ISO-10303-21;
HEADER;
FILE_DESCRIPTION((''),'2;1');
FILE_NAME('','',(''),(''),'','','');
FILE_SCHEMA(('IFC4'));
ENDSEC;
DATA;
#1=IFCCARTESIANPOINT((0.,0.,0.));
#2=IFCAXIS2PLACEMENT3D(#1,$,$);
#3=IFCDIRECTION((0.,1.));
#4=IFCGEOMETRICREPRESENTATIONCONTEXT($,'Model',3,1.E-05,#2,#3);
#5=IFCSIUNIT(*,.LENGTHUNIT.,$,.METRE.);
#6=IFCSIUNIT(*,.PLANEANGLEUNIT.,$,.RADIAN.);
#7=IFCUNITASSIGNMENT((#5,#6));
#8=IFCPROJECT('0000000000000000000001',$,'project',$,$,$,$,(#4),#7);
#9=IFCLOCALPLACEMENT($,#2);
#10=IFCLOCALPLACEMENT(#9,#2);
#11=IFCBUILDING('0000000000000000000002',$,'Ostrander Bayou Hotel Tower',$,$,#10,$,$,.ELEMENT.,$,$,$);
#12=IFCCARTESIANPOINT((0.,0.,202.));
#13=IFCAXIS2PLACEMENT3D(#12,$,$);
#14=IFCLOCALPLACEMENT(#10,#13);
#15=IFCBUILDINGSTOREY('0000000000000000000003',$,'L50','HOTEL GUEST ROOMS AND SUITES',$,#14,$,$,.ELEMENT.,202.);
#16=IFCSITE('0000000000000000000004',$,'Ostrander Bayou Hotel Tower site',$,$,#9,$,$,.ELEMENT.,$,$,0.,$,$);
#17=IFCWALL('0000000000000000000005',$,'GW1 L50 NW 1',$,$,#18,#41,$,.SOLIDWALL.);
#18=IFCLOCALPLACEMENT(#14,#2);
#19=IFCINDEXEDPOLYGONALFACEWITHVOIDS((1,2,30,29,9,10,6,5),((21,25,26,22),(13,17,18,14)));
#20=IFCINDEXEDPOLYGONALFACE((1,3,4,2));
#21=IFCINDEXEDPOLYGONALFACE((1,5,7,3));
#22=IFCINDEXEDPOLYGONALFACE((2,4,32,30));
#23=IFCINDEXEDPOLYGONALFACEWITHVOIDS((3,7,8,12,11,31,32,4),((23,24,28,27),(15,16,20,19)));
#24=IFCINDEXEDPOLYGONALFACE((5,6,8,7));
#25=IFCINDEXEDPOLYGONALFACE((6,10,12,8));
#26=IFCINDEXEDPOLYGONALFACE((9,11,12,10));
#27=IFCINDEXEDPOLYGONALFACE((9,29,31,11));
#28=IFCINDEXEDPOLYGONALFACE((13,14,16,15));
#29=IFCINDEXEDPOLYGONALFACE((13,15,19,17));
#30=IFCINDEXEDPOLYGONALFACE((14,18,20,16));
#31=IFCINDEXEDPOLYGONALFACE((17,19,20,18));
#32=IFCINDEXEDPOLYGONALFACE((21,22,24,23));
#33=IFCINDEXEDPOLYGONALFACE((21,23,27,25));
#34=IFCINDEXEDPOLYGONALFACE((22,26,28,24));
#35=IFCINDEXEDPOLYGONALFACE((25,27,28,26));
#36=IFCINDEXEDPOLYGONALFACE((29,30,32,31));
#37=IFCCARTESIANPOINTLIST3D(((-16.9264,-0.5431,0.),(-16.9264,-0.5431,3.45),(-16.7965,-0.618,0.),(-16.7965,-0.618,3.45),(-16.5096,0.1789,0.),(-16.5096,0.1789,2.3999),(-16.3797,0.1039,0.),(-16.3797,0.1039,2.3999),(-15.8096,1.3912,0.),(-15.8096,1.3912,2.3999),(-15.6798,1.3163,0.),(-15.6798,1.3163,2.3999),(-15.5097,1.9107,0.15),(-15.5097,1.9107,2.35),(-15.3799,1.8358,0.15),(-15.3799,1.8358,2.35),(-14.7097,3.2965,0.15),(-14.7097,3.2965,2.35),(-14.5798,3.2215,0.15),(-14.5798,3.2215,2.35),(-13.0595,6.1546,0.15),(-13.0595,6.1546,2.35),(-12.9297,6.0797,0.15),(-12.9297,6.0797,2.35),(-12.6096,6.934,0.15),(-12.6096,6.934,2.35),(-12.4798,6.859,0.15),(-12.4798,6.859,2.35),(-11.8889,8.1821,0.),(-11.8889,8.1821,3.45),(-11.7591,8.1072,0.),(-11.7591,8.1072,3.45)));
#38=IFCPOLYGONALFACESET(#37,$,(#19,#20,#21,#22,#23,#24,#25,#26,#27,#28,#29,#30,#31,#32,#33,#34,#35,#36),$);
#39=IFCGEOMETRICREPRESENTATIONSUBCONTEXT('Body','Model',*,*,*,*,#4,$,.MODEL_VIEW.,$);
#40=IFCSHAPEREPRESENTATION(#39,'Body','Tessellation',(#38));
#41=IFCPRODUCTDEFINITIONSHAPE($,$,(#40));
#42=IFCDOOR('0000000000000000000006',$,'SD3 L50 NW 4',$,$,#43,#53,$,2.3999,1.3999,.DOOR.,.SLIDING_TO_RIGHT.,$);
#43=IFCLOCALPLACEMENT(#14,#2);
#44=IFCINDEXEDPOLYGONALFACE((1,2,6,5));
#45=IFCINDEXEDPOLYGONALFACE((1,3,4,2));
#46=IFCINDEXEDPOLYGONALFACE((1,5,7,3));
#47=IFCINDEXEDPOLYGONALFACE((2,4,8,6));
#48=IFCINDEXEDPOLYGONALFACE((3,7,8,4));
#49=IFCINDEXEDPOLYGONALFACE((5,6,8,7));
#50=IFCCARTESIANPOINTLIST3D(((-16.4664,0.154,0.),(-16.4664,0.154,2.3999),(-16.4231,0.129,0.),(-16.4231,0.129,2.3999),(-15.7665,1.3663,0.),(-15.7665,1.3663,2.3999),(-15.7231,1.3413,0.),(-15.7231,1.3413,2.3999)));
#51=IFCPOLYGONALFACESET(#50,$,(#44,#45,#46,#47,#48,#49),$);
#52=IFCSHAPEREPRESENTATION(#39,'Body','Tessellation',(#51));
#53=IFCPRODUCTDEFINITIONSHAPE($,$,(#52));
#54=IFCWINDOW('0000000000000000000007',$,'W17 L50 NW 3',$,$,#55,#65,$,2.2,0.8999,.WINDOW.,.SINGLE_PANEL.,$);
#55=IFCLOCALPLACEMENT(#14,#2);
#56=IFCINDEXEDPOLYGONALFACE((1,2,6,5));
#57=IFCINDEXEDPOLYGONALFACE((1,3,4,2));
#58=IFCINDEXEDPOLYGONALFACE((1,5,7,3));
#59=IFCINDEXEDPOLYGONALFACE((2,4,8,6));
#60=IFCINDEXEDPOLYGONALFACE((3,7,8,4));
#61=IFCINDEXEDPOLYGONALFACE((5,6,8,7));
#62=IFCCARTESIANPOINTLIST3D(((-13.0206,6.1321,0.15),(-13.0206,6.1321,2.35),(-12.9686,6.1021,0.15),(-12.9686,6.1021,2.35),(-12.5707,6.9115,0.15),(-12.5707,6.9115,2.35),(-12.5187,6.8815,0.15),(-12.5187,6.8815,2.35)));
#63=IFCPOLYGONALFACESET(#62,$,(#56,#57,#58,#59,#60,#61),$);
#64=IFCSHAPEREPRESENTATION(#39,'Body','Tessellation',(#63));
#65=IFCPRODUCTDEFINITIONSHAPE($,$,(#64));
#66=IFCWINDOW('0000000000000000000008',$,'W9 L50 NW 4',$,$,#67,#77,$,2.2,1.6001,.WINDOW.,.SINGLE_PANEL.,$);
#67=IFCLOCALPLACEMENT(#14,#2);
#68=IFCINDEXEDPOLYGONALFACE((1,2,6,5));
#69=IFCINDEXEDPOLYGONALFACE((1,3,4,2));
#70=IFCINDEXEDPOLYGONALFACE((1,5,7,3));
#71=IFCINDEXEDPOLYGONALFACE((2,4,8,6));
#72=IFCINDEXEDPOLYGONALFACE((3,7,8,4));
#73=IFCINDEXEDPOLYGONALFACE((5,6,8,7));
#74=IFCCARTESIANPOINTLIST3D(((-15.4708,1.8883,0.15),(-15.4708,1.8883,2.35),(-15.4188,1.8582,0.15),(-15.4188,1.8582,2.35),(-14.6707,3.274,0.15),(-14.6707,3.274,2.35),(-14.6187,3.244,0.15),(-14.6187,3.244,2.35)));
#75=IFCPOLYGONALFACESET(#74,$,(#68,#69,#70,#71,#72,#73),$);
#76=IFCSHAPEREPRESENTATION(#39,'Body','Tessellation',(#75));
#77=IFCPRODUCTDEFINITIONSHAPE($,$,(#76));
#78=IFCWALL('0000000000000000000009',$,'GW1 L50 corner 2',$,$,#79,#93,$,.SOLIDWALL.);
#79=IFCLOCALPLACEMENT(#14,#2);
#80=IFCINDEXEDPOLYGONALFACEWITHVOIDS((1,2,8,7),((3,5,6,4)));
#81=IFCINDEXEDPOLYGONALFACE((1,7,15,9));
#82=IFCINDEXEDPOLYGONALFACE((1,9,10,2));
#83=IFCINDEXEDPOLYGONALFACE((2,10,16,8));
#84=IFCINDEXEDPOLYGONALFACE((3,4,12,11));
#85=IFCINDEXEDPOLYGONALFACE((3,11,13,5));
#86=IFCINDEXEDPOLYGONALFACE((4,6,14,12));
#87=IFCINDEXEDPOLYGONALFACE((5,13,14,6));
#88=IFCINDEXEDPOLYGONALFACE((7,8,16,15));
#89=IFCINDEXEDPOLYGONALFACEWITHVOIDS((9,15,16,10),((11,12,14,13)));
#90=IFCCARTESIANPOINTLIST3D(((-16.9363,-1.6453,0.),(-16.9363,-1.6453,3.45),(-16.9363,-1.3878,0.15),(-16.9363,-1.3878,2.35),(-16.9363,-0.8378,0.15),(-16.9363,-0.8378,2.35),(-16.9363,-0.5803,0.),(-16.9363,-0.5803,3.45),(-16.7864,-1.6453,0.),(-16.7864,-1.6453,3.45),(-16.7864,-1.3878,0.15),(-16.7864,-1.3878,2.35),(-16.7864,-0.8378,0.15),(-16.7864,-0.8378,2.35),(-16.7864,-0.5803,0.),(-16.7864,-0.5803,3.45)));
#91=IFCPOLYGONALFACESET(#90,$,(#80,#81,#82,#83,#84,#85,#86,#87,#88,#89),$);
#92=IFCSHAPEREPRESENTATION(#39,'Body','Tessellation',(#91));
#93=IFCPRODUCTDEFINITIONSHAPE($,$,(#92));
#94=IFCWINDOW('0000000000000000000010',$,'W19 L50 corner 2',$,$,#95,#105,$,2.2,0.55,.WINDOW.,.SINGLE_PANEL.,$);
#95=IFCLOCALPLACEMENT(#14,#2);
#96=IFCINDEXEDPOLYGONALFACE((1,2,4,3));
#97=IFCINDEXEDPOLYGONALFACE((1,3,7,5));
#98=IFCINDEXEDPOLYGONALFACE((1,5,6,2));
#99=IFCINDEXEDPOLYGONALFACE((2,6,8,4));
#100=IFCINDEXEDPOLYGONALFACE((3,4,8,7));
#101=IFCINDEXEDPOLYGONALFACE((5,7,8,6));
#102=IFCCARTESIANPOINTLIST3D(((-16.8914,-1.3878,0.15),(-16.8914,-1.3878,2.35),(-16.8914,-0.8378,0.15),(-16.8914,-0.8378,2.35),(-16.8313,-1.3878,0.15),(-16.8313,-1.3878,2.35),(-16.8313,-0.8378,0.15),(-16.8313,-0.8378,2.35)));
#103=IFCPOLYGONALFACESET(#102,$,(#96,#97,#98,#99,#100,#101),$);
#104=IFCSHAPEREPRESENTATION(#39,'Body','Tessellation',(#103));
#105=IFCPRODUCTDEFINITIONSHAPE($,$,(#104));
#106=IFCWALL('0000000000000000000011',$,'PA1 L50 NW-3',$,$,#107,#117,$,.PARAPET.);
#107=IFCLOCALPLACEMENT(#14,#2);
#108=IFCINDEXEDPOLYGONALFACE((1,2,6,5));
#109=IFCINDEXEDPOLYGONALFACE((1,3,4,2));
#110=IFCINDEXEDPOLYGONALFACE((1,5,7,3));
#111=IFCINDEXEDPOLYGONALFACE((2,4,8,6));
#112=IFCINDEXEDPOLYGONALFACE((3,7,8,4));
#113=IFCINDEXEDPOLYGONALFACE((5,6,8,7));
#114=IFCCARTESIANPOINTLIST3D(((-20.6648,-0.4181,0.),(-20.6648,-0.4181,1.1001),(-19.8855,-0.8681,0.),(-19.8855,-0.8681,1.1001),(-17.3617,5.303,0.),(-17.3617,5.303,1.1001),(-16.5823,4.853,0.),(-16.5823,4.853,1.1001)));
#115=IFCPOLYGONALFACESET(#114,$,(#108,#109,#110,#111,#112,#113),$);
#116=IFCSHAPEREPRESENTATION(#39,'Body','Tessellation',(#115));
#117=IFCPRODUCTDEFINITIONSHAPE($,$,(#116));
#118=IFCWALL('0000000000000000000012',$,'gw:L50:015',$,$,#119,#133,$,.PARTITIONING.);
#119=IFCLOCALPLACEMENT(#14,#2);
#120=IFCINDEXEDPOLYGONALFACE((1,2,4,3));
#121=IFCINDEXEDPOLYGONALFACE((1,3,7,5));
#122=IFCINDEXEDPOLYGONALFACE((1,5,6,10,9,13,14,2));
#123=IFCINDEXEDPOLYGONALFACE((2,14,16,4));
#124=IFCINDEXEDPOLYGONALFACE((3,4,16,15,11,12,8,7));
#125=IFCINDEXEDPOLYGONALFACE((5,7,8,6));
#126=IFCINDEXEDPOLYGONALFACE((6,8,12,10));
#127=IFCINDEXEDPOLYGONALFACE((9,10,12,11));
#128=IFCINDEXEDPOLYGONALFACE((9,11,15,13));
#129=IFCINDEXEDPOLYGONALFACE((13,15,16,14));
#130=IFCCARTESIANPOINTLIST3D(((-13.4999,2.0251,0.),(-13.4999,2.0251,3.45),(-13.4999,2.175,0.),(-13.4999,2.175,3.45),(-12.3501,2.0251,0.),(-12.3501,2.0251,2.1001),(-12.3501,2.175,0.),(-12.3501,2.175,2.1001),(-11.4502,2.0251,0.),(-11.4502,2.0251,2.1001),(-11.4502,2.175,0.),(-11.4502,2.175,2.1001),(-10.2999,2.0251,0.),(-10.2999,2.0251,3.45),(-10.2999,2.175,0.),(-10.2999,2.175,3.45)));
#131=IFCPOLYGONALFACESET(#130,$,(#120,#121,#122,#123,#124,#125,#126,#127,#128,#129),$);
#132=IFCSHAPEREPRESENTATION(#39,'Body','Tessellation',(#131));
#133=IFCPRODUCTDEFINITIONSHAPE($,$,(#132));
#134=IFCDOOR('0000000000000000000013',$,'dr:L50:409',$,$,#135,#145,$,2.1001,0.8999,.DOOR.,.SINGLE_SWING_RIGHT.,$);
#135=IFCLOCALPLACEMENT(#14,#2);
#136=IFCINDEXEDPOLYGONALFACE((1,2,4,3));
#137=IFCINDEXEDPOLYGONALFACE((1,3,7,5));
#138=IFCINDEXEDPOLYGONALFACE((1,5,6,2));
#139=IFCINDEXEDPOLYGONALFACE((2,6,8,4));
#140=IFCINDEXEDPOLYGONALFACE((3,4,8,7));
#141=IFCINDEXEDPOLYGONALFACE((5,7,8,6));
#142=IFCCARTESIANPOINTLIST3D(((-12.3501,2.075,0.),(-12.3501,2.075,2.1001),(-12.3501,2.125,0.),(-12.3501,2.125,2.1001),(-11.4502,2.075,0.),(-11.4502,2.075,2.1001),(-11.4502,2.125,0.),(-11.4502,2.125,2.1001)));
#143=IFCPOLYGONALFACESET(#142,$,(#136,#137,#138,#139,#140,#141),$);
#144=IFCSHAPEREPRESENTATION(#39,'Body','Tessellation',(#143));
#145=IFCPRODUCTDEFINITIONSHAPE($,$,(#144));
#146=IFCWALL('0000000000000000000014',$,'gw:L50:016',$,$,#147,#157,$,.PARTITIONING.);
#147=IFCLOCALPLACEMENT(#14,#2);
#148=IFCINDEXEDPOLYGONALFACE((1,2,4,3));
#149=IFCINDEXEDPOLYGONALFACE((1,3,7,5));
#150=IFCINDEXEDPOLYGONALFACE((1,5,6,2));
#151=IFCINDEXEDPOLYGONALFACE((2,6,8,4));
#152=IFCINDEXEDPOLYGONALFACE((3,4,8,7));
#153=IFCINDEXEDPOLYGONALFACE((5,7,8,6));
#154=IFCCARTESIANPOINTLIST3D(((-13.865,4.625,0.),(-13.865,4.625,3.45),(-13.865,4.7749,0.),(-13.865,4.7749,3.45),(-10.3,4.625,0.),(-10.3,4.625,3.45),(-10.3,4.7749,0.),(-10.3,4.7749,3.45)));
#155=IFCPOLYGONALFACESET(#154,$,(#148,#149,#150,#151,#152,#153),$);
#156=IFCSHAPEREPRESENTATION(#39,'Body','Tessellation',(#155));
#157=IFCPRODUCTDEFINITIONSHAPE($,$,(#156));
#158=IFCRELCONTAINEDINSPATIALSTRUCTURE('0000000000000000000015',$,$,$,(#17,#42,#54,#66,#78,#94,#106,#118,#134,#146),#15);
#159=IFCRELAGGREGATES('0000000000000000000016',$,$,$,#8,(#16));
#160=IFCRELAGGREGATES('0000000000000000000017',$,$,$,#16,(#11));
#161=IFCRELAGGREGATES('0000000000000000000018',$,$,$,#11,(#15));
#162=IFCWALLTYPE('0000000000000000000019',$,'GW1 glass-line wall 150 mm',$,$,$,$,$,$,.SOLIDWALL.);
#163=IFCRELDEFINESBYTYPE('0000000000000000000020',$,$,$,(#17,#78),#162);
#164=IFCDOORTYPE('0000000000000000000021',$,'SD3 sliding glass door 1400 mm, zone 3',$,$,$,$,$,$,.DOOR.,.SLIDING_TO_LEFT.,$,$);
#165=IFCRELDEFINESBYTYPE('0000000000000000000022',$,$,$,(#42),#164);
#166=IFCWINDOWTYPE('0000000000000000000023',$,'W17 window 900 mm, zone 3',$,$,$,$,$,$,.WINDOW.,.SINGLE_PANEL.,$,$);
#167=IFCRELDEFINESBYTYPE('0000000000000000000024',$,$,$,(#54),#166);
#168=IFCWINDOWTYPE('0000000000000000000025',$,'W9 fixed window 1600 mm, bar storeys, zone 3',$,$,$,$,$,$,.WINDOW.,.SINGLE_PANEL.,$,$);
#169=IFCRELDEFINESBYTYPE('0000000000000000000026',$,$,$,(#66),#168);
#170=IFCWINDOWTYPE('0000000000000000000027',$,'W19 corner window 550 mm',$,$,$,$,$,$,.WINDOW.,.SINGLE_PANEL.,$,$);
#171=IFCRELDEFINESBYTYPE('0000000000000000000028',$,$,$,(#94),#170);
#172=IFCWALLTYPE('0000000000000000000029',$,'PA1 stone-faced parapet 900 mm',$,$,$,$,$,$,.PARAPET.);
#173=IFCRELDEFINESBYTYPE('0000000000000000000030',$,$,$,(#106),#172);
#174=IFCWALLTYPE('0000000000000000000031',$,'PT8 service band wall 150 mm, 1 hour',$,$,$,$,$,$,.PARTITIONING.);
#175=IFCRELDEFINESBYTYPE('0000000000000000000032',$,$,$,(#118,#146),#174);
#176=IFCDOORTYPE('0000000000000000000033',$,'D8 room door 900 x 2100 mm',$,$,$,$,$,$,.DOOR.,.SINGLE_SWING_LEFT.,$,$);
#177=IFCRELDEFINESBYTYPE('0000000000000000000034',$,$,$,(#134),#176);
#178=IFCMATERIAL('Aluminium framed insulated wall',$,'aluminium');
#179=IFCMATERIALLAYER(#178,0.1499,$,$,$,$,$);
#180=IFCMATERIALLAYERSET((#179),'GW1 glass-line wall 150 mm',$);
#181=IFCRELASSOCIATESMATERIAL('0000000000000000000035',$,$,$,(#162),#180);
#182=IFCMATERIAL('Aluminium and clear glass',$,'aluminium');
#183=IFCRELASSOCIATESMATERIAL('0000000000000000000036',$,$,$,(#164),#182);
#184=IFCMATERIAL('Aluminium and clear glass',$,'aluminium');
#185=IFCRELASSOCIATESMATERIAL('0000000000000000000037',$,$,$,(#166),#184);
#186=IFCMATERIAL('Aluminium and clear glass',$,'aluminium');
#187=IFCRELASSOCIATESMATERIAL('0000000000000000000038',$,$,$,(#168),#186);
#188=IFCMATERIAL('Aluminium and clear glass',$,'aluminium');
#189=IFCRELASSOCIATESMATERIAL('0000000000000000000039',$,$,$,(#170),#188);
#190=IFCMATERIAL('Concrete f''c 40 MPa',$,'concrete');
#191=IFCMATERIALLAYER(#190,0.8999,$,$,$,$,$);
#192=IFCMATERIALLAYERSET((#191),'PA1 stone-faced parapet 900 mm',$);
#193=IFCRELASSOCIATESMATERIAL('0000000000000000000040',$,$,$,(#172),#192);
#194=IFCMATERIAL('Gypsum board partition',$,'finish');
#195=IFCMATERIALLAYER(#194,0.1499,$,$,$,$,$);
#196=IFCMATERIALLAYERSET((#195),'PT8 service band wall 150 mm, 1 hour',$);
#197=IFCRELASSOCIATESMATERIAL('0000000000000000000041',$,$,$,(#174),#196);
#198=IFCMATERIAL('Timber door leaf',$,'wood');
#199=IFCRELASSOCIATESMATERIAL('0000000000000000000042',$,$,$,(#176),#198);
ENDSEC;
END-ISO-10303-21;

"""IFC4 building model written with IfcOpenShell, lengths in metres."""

from ifc_helpers import new_model, si_unit, direction, frame, frame_2d, origin, place, context, subcontext, project, spatial, rectangle, extrude, material, layer, layer_set, type_object, element, fill, save


model = new_model("IFC4")

# Units and contexts
model_context = context("Model", 3, precision=1e-05, world=origin(), true_north=direction((0.0, 1.0)))
body_context = subcontext(model_context, "Body", "Model", "MODEL_VIEW")
ifc_project = project(units=[si_unit("LENGTHUNIT", "METRE"), si_unit("PLANEANGLEUNIT", "RADIAN")], contexts=[model_context])

# Site, building, storey
site_placement = place(None, origin())
site = spatial("IfcSite", under=ifc_project, at=site_placement, Name="Ostrander Bayou Hotel Tower site", CompositionType="ELEMENT", RefElevation=0.0)
building_placement = place(site_placement, origin())
building = spatial("IfcBuilding", under=site, at=building_placement, Name="Ostrander Bayou Hotel Tower", CompositionType="ELEMENT")
storey_placement = place(building_placement, frame((0.0, 0.0, 202.0)))
storey = spatial("IfcBuildingStorey", under=building, at=storey_placement, Name="L50", Description="HOTEL GUEST ROOMS AND SUITES", CompositionType="ELEMENT", Elevation=202.0)

# Wall, openings, door, windows
ifc_material_1 = material(Name="Aluminium framed insulated wall", Category="aluminium")
ifc_layer_1 = layer(ifc_material_1, 0.1499)
ifc_layer_set_1 = layer_set([ifc_layer_1], Name="GW1 glass-line wall 150 mm")
wall_type_1 = type_object("IfcWallType", Name="GW1 glass-line wall 150 mm", PredefinedType="SOLIDWALL", material=ifc_layer_set_1)
wall_1_placement = place(storey_placement, frame((-11.824, 8.1448, 0.0), z_axis=(0.0, 0.0, 1.0), x_axis=(-0.499994, -0.866029, 0.0)))
wall_1 = element("IfcWall", 1, at=wall_1_placement, inside=storey, type_object=wall_type_1, Name="GW1 L50 NW 1", PredefinedType="SOLIDWALL", context=body_context, shape_type="SweptSolid", body=[
    extrude(rectangle(XDim=10.075, YDim=0.1499, at=frame_2d((5.0376, 0.0))), origin(), (0.0, 0.0, 1.0), 3.45),
])
opening_1_placement = place(wall_1_placement, frame((1.4414, 0.0, 0.1499)))
opening_1 = element("IfcOpeningElement", 2, at=opening_1_placement, cuts=wall_1, PredefinedType="OPENING", context=body_context, shape_type="SweptSolid", body=[
    extrude(rectangle(XDim=0.8999, YDim=2.2, at=frame_2d((0.45, 1.1001))), frame((0.0, 0.075, 0.0), z_axis=(0.0, -1.0, 0.0), x_axis=(1.0, 0.0, 0.0)), (0.0, 0.0, 1.0), 0.1499),
])
opening_2_placement = place(wall_1_placement, frame((5.6416, 0.0, 0.1499)))
opening_2 = element("IfcOpeningElement", 3, at=opening_2_placement, cuts=wall_1, PredefinedType="OPENING", context=body_context, shape_type="SweptSolid", body=[
    extrude(rectangle(XDim=1.6001, YDim=2.2, at=frame_2d((0.8, 1.1001))), frame((0.0, 0.075, 0.0), z_axis=(0.0, -1.0, 0.0), x_axis=(1.0, 0.0, 0.0)), (0.0, 0.0, 1.0), 0.1499),
])
opening_3_placement = place(wall_1_placement, frame((7.8416, 0.0, 0.0)))
opening_3 = element("IfcOpeningElement", 4, at=opening_3_placement, cuts=wall_1, PredefinedType="OPENING", context=body_context, shape_type="SweptSolid", body=[
    extrude(rectangle(XDim=1.3999, YDim=2.3999, at=frame_2d((0.7, 1.2))), frame((0.0, 0.075, 0.0), z_axis=(0.0, -1.0, 0.0), x_axis=(1.0, 0.0, 0.0)), (0.0, 0.0, 1.0), 0.1499),
])
ifc_material_2 = material(Name="Aluminium and clear glass", Category="aluminium")
door_type_1 = type_object("IfcDoorType", Name="SD3 sliding glass door 1400 mm, zone 3", OperationType="SLIDING_TO_LEFT", PredefinedType="DOOR", material=ifc_material_2)
door_1_placement = place(opening_3_placement, origin())
door_1 = element("IfcDoor", 5, at=door_1_placement, inside=storey, type_object=door_type_1, Name="SD3 L50 NW 4", OperationType="SLIDING_TO_RIGHT", OverallHeight=2.3999, OverallWidth=1.3999, PredefinedType="DOOR", context=body_context, shape_type="SweptSolid", body=[
    extrude(rectangle(XDim=1.3999, YDim=2.3999, at=frame_2d((0.7, 1.2))), frame((0.0, 0.0249, 0.0), z_axis=(0.0, -1.0, 0.0), x_axis=(1.0, 0.0, 0.0)), (0.0, 0.0, 1.0), 0.05),
])
fill(opening_3, door_1)
ifc_material_3 = material(Name="Aluminium and clear glass", Category="aluminium")
window_type_1 = type_object("IfcWindowType", Name="W17 window 900 mm, zone 3", PartitioningType="SINGLE_PANEL", PredefinedType="WINDOW", material=ifc_material_3)
window_1_placement = place(opening_1_placement, origin())
window_1 = element("IfcWindow", 6, at=window_1_placement, inside=storey, type_object=window_type_1, Name="W17 L50 NW 3", OverallHeight=2.2, OverallWidth=0.8999, PartitioningType="SINGLE_PANEL", PredefinedType="WINDOW", context=body_context, shape_type="SweptSolid", body=[
    extrude(rectangle(XDim=0.8999, YDim=2.2, at=frame_2d((0.45, 1.1001))), frame((0.0, 0.03, 0.0), z_axis=(0.0, -1.0, 0.0), x_axis=(1.0, 0.0, 0.0)), (0.0, 0.0, 1.0), 0.0601),
])
fill(opening_1, window_1)
ifc_material_4 = material(Name="Aluminium and clear glass", Category="aluminium")
window_type_2 = type_object("IfcWindowType", Name="W9 fixed window 1600 mm, bar storeys, zone 3", PartitioningType="SINGLE_PANEL", PredefinedType="WINDOW", material=ifc_material_4)
window_2_placement = place(opening_2_placement, origin())
window_2 = element("IfcWindow", 7, at=window_2_placement, inside=storey, type_object=window_type_2, Name="W9 L50 NW 4", OverallHeight=2.2, OverallWidth=1.6001, PartitioningType="SINGLE_PANEL", PredefinedType="WINDOW", context=body_context, shape_type="SweptSolid", body=[
    extrude(rectangle(XDim=1.6001, YDim=2.2, at=frame_2d((0.8, 1.1001))), frame((0.0, 0.03, 0.0), z_axis=(0.0, -1.0, 0.0), x_axis=(1.0, 0.0, 0.0)), (0.0, 0.0, 1.0), 0.0601),
])
fill(opening_2, window_2)

# Wall, opening, window
wall_2_placement = place(storey_placement, frame((-16.8613, -0.5803, 0.0), z_axis=(0.0, 0.0, 1.0), x_axis=(0.0, -1.0, 0.0)))
wall_2 = element("IfcWall", 8, at=wall_2_placement, inside=storey, type_object=wall_type_1, Name="GW1 L50 corner 2", PredefinedType="SOLIDWALL", context=body_context, shape_type="SweptSolid", body=[
    extrude(rectangle(XDim=1.0649, YDim=0.1499, at=frame_2d((0.5325, 0.0))), origin(), (0.0, 0.0, 1.0), 3.45),
])
opening_4_placement = place(wall_2_placement, frame((0.2576, 0.0, 0.1499)))
opening_4 = element("IfcOpeningElement", 9, at=opening_4_placement, cuts=wall_2, PredefinedType="OPENING", context=body_context, shape_type="SweptSolid", body=[
    extrude(rectangle(XDim=0.55, YDim=2.2, at=frame_2d((0.2749, 1.1001))), frame((0.0, 0.075, 0.0), z_axis=(0.0, -1.0, 0.0), x_axis=(1.0, 0.0, 0.0)), (0.0, 0.0, 1.0), 0.1499),
])
ifc_material_5 = material(Name="Aluminium and clear glass", Category="aluminium")
window_type_3 = type_object("IfcWindowType", Name="W19 corner window 550 mm", PartitioningType="SINGLE_PANEL", PredefinedType="WINDOW", material=ifc_material_5)
window_3_placement = place(opening_4_placement, origin())
window_3 = element("IfcWindow", 10, at=window_3_placement, inside=storey, type_object=window_type_3, Name="W19 L50 corner 2", OverallHeight=2.2, OverallWidth=0.55, PartitioningType="SINGLE_PANEL", PredefinedType="WINDOW", context=body_context, shape_type="SweptSolid", body=[
    extrude(rectangle(XDim=0.55, YDim=2.2, at=frame_2d((0.2749, 1.1001))), frame((0.0, 0.03, 0.0), z_axis=(0.0, -1.0, 0.0), x_axis=(1.0, 0.0, 0.0)), (0.0, 0.0, 1.0), 0.0601),
])
fill(opening_4, window_3)

# Wall
ifc_material_6 = material(Name="Concrete f'c 40 MPa", Category="concrete")
ifc_layer_2 = layer(ifc_material_6, 0.8999)
ifc_layer_set_2 = layer_set([ifc_layer_2], Name="PA1 stone-faced parapet 900 mm")
wall_type_2 = type_object("IfcWallType", Name="PA1 stone-faced parapet 900 mm", PredefinedType="PARAPET", material=ifc_layer_set_2)
wall_3_placement = place(storey_placement, frame((-16.9719, 5.0781, 0.0), z_axis=(0.0, 0.0, 1.0), x_axis=(-0.50001, -0.866019, 0.0)))
element("IfcWall", 11, at=wall_3_placement, inside=storey, type_object=wall_type_2, Name="PA1 L50 NW-3", PredefinedType="PARAPET", context=body_context, shape_type="SweptSolid", body=[
    extrude(rectangle(XDim=6.6062, YDim=0.8999, at=frame_2d((3.3032, 0.0))), origin(), (0.0, 0.0, 1.0), 1.1001),
])

# Wall, opening, door
ifc_material_7 = material(Name="Gypsum board partition", Category="finish")
ifc_layer_3 = layer(ifc_material_7, 0.1499)
ifc_layer_set_3 = layer_set([ifc_layer_3], Name="PT8 service band wall 150 mm, 1 hour")
wall_type_3 = type_object("IfcWallType", Name="PT8 service band wall 150 mm, 1 hour", PredefinedType="PARTITIONING", material=ifc_layer_set_3)
wall_4_placement = place(storey_placement, frame((-13.5, 2.1001, 0.0), z_axis=(0.0, 0.0, 1.0), x_axis=(1.0, 0.0, 0.0)))
wall_4 = element("IfcWall", 12, at=wall_4_placement, inside=storey, type_object=wall_type_3, Name="gw:L50:015", PredefinedType="PARTITIONING", context=body_context, shape_type="SweptSolid", body=[
    extrude(rectangle(XDim=3.2, YDim=0.1499, at=frame_2d((1.6001, 0.0))), origin(), (0.0, 0.0, 1.0), 3.45),
])
opening_5_placement = place(wall_4_placement, frame((1.1499, 0.0, 0.0)))
opening_5 = element("IfcOpeningElement", 13, at=opening_5_placement, cuts=wall_4, PredefinedType="OPENING", context=body_context, shape_type="SweptSolid", body=[
    extrude(rectangle(XDim=0.8999, YDim=2.1001, at=frame_2d((0.45, 1.05))), frame((0.0, 0.075, 0.0), z_axis=(0.0, -1.0, 0.0), x_axis=(1.0, 0.0, 0.0)), (0.0, 0.0, 1.0), 0.1499),
])
ifc_material_8 = material(Name="Timber door leaf", Category="wood")
door_type_2 = type_object("IfcDoorType", Name="D8 room door 900 x 2100 mm", OperationType="SINGLE_SWING_LEFT", PredefinedType="DOOR", material=ifc_material_8)
door_2_placement = place(opening_5_placement, origin())
door_2 = element("IfcDoor", 14, at=door_2_placement, inside=storey, type_object=door_type_2, Name="dr:L50:409", OperationType="SINGLE_SWING_RIGHT", OverallHeight=2.1001, OverallWidth=0.8999, PredefinedType="DOOR", context=body_context, shape_type="SweptSolid", body=[
    extrude(rectangle(XDim=0.8999, YDim=2.1001, at=frame_2d((0.45, 1.05))), frame((0.0, 0.0249, 0.0), z_axis=(0.0, -1.0, 0.0), x_axis=(1.0, 0.0, 0.0)), (0.0, 0.0, 1.0), 0.05),
])
fill(opening_5, door_2)

# Wall
wall_5_placement = place(storey_placement, frame((-13.865, 4.7, 0.0), z_axis=(0.0, 0.0, 1.0), x_axis=(1.0, 0.0, 0.0)))
element("IfcWall", 15, at=wall_5_placement, inside=storey, type_object=wall_type_3, Name="gw:L50:016", PredefinedType="PARTITIONING", context=body_context, shape_type="SweptSolid", body=[
    extrude(rectangle(XDim=3.5649, YDim=0.1499, at=frame_2d((1.7825, 0.0))), origin(), (0.0, 0.0, 1.0), 3.45),
])

save(model, "model.ifc")
